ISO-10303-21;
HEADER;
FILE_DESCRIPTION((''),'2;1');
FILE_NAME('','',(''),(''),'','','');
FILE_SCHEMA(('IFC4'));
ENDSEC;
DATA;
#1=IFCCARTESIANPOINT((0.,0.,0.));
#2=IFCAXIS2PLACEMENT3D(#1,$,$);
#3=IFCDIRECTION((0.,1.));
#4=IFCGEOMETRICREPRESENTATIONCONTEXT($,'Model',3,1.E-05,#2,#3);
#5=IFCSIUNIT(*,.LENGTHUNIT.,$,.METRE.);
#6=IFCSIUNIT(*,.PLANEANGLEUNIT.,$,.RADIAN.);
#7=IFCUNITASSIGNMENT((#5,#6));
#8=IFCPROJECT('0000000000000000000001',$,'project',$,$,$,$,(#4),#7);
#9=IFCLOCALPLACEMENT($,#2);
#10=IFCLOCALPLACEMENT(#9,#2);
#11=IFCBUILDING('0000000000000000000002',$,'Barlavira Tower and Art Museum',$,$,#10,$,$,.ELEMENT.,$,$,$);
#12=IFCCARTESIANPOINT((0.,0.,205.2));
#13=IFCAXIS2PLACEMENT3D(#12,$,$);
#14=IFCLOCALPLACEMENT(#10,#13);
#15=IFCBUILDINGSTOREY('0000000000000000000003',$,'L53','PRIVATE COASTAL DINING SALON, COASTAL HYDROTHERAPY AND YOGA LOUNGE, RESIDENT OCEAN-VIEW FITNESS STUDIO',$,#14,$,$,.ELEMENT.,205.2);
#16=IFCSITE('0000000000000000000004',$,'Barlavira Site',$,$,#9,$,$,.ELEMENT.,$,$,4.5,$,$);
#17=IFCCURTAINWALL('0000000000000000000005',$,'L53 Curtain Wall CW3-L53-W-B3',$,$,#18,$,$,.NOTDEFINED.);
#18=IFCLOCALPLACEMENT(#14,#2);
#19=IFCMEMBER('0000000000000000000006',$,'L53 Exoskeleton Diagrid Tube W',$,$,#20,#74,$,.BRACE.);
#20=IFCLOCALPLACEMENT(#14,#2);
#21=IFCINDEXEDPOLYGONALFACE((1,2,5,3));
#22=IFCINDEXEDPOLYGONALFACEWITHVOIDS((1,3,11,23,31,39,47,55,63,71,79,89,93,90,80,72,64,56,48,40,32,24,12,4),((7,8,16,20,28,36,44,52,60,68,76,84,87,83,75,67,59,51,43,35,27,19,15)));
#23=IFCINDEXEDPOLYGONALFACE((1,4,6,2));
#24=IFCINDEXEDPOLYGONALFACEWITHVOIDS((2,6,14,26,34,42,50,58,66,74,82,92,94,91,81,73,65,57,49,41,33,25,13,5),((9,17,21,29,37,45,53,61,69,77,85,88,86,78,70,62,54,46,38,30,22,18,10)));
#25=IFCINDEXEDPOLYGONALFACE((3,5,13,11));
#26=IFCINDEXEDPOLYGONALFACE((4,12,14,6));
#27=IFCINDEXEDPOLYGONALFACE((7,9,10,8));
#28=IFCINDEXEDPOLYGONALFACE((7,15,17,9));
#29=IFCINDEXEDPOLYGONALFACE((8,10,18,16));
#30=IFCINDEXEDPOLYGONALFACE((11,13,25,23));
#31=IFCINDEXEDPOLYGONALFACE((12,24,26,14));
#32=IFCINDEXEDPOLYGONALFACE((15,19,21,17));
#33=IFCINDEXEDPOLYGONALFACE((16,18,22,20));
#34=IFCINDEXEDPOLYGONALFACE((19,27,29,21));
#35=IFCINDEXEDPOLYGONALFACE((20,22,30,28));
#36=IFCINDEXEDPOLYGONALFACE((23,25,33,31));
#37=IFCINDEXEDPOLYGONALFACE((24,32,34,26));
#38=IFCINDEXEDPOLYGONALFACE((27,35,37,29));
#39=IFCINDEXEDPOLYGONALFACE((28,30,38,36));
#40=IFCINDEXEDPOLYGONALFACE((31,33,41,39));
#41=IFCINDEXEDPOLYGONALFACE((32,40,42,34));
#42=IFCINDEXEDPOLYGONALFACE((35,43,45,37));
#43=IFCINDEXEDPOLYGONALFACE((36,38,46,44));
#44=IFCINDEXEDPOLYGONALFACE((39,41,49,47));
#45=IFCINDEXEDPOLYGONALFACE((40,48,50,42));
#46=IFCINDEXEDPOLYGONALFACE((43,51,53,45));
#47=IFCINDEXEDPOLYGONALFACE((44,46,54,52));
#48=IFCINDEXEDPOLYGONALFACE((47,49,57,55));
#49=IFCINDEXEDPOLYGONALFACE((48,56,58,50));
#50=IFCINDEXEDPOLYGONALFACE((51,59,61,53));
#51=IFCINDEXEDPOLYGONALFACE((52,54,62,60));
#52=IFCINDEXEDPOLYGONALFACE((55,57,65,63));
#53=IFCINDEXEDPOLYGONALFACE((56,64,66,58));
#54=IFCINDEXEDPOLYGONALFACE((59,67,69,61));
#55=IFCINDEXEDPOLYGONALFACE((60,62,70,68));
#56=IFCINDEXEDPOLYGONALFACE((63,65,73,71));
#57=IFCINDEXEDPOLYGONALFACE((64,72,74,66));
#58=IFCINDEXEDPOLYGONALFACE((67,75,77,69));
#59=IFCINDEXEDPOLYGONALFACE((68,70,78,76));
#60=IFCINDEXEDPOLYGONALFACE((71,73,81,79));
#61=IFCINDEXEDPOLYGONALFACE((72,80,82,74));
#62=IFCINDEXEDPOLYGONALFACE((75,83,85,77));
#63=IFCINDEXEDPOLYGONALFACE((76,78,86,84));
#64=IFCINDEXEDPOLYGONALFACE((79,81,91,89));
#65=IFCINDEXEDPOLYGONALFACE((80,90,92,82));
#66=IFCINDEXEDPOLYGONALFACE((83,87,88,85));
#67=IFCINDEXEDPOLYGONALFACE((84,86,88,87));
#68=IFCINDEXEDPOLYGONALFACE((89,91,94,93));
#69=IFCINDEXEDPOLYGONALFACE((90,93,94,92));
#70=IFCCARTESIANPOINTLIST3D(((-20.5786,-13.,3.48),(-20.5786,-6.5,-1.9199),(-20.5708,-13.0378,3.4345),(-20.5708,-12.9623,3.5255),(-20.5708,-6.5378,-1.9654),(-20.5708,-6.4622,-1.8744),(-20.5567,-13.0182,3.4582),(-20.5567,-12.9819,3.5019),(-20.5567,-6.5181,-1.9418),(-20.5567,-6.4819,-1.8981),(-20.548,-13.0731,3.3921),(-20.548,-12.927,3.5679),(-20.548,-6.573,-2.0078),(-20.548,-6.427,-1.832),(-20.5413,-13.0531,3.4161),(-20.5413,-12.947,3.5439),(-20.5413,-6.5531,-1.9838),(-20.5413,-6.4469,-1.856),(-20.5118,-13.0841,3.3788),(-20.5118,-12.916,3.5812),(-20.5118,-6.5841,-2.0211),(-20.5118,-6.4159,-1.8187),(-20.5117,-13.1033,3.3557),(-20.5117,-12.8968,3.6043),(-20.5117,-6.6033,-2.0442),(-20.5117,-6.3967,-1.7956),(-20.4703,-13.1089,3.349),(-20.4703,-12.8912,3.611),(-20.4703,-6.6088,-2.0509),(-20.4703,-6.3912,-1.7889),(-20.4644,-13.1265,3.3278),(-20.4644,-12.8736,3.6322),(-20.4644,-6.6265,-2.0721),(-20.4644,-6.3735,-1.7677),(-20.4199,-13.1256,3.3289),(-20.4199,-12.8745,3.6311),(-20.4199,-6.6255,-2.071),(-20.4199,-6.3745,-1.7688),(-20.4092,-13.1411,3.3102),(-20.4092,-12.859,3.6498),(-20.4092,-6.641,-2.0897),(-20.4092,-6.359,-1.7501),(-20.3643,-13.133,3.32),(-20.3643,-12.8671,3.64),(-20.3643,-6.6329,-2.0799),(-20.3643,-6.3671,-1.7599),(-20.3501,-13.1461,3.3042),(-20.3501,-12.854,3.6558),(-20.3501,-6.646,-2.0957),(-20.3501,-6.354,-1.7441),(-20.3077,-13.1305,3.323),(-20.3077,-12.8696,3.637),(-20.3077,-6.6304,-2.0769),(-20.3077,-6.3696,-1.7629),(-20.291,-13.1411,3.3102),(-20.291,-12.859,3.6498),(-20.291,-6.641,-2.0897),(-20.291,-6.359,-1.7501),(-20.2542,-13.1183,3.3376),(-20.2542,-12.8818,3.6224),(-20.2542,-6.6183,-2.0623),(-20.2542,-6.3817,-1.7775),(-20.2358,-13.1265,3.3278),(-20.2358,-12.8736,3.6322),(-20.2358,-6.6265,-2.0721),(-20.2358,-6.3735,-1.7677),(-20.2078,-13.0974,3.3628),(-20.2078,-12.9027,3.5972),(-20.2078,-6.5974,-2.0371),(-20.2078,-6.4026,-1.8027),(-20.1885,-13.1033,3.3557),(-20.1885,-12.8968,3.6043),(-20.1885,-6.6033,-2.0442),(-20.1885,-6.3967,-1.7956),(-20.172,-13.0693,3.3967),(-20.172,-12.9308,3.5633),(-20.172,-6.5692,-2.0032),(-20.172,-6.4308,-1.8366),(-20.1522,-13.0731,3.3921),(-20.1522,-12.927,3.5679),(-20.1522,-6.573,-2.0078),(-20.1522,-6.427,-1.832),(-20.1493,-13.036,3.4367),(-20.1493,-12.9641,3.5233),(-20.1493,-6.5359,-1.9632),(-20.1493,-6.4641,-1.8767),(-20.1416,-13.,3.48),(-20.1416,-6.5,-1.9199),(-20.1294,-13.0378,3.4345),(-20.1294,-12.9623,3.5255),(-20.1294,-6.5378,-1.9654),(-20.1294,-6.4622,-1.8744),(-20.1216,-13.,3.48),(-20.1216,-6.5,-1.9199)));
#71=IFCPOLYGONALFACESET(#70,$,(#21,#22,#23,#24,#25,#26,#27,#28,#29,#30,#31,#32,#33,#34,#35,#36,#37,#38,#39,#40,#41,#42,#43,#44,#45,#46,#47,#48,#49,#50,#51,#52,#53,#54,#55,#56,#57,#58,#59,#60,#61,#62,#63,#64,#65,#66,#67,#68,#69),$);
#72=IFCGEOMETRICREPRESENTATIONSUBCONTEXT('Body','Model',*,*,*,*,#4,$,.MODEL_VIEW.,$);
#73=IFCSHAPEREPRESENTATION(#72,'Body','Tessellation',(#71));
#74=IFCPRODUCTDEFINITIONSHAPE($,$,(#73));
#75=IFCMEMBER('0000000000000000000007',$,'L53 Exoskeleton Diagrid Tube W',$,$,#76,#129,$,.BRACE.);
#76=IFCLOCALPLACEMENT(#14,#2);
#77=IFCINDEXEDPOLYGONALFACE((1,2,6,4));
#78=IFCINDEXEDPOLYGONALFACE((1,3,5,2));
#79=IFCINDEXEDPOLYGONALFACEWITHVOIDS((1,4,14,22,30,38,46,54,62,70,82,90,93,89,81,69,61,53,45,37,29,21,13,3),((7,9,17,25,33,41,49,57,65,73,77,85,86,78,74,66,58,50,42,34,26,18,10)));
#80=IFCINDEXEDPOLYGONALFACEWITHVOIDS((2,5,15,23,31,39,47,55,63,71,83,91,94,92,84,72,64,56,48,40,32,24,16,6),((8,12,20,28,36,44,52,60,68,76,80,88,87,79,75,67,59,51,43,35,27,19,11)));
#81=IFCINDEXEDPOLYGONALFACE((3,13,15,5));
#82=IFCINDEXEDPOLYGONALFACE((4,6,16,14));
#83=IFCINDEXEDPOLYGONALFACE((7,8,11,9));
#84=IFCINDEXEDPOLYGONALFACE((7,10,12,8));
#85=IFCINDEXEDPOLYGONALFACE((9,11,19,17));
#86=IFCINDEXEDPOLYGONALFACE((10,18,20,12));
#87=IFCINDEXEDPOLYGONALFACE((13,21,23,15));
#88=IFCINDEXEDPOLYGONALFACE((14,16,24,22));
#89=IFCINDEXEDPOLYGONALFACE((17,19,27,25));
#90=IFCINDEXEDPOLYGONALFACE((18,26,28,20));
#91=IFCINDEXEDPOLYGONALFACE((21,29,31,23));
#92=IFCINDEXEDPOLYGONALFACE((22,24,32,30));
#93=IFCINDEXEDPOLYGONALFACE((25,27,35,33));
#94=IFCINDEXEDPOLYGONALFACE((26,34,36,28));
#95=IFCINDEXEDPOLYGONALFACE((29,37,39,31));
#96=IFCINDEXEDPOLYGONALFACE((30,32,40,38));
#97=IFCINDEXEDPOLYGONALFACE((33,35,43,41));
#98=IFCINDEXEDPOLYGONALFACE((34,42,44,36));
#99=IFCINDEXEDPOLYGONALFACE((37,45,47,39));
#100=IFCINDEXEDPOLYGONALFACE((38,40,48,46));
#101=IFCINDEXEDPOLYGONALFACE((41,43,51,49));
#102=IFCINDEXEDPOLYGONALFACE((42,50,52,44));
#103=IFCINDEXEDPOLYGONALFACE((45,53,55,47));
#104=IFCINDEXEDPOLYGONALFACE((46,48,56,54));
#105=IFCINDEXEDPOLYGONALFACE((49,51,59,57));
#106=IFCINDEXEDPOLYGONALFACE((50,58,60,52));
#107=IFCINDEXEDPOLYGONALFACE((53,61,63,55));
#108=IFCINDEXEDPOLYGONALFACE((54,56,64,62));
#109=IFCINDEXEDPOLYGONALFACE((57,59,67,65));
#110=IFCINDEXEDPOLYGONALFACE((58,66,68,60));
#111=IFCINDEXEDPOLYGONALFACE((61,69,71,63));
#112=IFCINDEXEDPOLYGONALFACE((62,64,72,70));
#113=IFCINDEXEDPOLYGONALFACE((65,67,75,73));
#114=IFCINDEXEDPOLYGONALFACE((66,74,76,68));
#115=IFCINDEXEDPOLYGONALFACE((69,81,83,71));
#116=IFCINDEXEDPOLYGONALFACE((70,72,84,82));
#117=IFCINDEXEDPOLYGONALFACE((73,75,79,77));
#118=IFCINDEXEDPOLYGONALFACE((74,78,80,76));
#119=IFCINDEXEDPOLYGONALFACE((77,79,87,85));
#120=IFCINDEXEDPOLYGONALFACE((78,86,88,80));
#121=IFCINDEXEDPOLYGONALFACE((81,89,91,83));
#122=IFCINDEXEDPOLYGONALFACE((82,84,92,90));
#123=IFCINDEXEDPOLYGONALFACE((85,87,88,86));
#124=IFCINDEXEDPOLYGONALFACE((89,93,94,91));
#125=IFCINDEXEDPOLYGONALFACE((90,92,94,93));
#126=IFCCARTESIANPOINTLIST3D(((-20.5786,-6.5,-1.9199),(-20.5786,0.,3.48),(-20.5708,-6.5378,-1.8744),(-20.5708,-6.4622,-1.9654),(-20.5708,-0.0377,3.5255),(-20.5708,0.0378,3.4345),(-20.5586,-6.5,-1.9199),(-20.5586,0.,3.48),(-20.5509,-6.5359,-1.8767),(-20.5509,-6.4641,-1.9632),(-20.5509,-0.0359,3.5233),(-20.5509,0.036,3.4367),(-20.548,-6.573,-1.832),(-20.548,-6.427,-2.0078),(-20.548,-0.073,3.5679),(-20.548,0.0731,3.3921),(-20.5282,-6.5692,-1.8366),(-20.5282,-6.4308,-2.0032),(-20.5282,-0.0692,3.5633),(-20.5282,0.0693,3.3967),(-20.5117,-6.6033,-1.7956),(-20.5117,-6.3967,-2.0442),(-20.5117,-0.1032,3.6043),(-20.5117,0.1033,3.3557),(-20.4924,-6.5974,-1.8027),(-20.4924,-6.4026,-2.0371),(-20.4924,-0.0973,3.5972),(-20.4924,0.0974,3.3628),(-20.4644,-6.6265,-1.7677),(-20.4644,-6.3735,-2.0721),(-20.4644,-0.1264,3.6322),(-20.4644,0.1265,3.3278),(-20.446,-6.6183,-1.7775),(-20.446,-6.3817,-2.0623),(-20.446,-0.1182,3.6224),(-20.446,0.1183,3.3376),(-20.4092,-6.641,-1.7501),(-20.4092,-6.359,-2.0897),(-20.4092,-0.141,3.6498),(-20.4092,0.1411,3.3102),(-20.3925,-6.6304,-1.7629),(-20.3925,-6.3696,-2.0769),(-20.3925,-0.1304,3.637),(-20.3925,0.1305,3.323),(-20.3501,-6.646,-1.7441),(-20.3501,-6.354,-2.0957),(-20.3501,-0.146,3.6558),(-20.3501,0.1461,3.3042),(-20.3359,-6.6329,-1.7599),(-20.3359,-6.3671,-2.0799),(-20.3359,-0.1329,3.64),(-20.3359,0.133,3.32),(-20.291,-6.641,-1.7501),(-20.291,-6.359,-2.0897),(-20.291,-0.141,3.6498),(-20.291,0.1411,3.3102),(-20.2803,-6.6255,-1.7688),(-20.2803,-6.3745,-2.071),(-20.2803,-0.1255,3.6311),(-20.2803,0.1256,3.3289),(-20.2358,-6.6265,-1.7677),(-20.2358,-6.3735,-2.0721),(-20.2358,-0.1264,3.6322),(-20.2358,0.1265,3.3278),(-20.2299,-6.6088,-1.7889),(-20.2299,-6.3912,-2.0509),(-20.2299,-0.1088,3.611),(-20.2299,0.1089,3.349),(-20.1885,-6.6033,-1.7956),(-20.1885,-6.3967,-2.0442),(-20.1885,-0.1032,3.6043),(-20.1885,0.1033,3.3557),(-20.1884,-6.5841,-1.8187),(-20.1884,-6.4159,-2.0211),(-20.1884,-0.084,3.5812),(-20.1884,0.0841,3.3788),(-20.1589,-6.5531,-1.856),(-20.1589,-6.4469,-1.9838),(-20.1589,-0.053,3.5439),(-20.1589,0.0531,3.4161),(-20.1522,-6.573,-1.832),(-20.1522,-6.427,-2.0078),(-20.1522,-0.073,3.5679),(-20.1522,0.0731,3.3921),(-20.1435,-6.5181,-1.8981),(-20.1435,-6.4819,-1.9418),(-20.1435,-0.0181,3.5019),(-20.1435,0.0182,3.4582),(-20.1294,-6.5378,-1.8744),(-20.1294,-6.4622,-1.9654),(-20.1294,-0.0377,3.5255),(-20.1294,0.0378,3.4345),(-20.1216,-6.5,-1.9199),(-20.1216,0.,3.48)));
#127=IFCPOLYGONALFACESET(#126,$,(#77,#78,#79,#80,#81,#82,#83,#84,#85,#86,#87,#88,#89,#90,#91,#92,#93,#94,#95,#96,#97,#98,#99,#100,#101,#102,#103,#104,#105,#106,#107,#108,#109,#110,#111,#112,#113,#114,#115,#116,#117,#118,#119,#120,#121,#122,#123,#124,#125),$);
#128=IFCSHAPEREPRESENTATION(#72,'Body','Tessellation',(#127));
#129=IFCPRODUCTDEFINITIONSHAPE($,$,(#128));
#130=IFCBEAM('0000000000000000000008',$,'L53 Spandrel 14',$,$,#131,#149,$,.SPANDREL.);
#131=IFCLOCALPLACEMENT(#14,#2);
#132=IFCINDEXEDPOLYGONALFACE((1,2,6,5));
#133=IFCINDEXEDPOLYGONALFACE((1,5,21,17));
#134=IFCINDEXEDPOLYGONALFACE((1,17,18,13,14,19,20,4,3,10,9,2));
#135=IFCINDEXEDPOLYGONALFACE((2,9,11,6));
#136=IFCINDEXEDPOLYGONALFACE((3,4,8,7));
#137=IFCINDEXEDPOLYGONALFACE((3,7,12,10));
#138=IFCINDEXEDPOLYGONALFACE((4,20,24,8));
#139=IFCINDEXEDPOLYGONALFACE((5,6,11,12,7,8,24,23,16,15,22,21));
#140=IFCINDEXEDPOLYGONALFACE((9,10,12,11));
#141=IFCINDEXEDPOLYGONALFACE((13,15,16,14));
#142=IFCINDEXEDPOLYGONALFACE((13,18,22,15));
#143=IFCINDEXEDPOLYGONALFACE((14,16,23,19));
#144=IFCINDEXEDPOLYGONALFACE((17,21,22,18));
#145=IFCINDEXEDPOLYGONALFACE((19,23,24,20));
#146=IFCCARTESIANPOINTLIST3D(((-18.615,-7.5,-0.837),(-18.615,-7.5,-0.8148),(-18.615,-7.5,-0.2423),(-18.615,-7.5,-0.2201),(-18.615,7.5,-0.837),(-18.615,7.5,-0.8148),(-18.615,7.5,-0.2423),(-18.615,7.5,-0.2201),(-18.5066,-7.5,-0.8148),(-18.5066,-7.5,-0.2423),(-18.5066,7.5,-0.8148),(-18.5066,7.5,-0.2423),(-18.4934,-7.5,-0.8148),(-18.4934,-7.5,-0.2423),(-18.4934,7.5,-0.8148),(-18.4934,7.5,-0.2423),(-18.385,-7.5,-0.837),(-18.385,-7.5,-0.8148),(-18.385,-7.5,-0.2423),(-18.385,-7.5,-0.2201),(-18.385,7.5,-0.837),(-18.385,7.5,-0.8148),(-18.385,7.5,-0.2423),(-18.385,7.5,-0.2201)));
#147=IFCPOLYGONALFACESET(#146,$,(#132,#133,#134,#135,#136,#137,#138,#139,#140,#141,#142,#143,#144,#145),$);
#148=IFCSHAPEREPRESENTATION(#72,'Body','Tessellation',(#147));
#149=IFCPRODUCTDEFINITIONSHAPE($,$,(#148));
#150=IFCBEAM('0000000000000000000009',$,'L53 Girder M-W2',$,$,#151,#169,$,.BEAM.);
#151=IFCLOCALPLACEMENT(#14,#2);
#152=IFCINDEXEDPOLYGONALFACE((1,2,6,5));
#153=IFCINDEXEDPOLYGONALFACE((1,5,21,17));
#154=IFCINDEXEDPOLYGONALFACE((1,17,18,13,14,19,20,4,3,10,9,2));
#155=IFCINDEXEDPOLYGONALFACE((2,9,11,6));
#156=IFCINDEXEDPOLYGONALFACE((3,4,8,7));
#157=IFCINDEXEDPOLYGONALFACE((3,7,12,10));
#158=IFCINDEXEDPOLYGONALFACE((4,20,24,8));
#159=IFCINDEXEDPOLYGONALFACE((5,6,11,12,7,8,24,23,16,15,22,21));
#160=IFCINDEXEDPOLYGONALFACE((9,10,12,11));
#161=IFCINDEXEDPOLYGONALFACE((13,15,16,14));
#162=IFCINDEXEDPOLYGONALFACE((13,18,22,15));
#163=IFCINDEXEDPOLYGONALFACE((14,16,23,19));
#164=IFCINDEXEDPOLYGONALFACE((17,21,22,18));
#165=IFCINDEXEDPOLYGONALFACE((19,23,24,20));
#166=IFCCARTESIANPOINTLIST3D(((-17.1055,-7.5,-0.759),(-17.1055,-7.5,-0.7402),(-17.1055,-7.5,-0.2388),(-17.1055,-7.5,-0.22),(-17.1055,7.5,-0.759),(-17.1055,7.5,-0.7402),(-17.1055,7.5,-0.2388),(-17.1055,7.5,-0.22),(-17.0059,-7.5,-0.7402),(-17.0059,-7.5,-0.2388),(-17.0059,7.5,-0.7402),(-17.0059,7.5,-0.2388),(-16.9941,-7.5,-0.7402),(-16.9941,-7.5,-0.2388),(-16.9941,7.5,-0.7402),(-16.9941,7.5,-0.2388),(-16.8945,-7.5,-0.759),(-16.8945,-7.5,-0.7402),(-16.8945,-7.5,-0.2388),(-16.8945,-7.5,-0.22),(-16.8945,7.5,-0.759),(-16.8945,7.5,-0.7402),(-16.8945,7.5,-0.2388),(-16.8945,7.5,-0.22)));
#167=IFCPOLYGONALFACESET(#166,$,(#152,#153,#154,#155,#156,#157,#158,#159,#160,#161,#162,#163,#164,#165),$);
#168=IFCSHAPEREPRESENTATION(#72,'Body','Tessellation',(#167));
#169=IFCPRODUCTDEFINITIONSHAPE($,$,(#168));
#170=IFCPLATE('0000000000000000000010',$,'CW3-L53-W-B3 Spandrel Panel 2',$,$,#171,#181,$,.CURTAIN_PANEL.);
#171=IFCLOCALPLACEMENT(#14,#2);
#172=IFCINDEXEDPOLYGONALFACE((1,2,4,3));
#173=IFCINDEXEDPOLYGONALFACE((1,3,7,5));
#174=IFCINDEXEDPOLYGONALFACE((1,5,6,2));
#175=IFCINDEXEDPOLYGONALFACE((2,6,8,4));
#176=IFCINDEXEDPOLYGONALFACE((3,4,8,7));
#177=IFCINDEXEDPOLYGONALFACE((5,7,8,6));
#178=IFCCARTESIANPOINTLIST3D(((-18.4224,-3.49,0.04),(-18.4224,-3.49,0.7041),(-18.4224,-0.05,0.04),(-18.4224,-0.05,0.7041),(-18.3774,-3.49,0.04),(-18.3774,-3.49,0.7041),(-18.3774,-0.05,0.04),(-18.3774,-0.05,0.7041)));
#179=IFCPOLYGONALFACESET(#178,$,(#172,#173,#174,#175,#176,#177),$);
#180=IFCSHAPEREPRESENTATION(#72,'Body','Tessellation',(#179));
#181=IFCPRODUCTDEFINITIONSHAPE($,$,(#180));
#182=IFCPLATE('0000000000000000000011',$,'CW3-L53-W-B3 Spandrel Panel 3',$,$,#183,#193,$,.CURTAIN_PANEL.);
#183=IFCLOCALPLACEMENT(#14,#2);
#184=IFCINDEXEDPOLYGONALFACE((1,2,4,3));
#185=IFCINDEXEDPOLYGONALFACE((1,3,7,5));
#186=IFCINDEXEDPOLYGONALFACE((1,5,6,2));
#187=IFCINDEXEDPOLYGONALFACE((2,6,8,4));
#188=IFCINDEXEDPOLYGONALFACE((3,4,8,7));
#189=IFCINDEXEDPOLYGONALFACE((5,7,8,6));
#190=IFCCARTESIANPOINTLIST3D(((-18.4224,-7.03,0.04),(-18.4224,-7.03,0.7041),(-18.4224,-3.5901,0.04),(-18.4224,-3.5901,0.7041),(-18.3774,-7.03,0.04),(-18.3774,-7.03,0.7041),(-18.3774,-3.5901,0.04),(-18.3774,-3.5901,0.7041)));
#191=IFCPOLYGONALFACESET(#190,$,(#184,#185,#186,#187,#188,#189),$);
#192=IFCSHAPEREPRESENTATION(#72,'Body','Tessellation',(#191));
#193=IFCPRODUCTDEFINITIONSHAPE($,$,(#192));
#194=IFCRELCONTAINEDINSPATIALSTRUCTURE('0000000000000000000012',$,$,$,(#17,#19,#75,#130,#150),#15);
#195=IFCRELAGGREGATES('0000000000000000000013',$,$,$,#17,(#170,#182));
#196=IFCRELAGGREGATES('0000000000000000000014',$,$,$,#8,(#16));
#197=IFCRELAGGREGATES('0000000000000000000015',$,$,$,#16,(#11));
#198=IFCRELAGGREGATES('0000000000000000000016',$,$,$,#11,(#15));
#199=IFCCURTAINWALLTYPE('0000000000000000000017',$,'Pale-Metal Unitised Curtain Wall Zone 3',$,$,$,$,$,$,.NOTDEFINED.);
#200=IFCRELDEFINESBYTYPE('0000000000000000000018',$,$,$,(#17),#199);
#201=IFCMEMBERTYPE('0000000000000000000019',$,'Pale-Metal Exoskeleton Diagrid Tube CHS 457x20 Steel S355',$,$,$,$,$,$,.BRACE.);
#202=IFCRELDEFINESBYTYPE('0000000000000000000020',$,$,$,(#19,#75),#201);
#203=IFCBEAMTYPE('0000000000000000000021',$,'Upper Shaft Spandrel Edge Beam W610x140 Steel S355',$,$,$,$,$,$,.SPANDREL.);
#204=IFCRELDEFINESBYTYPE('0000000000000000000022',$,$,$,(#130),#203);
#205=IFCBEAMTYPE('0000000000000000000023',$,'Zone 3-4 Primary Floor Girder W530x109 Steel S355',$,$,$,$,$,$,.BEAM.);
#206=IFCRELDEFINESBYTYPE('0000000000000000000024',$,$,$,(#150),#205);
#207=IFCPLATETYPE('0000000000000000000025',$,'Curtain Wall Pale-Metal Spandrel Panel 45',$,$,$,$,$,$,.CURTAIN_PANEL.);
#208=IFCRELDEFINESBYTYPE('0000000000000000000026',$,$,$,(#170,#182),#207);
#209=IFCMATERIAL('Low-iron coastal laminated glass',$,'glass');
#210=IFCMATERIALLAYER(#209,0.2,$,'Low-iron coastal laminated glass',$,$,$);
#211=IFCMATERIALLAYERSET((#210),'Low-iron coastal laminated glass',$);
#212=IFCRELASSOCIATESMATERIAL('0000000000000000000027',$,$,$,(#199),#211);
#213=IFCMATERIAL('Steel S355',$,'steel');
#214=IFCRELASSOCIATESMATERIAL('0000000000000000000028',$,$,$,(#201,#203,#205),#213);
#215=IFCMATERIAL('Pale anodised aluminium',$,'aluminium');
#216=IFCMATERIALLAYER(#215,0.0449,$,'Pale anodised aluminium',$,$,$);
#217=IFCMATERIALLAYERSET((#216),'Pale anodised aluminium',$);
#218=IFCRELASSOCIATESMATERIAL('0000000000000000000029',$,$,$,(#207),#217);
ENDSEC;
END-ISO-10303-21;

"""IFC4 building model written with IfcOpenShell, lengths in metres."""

from ifc_helpers import new_model, si_unit, direction, frame, origin, origin_2d, place, context, subcontext, project, spatial, rectangle, hollow_circle, i_section, extrude, material, layer, layer_set, material_profile, profile_set, type_object, element, aggregate, save


model = new_model("IFC4")

# Units and contexts
model_context = context("Model", 3, precision=1e-05, world=origin(), true_north=direction((0.0, 1.0)))
body_context = subcontext(model_context, "Body", "Model", "MODEL_VIEW")
ifc_project = project(units=[si_unit("LENGTHUNIT", "METRE"), si_unit("PLANEANGLEUNIT", "RADIAN")], contexts=[model_context])

# Site, building, storey
site_placement = place(None, origin())
site = spatial("IfcSite", under=ifc_project, at=site_placement, Name="Barlavira Site", CompositionType="ELEMENT", RefElevation=4.5)
building_placement = place(site_placement, origin())
building = spatial("IfcBuilding", under=site, at=building_placement, Name="Barlavira Tower and Art Museum", CompositionType="ELEMENT")
storey_placement = place(building_placement, frame((0.0, 0.0, 205.2)))
storey = spatial("IfcBuildingStorey", under=building, at=storey_placement, Name="L53", Description="PRIVATE COASTAL DINING SALON, COASTAL HYDROTHERAPY AND YOGA LOUNGE, RESIDENT OCEAN-VIEW FITNESS STUDIO", CompositionType="ELEMENT", Elevation=205.2)

# Curtain wall
ifc_material_1 = material(Name="Low-iron coastal laminated glass", Category="glass")
ifc_layer_1 = layer(ifc_material_1, 0.2, Name="Low-iron coastal laminated glass")
ifc_layer_set_1 = layer_set([ifc_layer_1], Name="Low-iron coastal laminated glass")
curtain_wall_type = type_object("IfcCurtainWallType", Name="Pale-Metal Unitised Curtain Wall Zone 3", PredefinedType="NOTDEFINED", material=ifc_layer_set_1)
curtain_wall_placement = place(storey_placement, origin())
curtain_wall = element("IfcCurtainWall", 1, at=curtain_wall_placement, inside=storey, type_object=curtain_wall_type, Name="L53 Curtain Wall CW3-L53-W-B3", PredefinedType="NOTDEFINED")
ifc_material_2 = material(Name="Pale anodised aluminium", Category="aluminium")

# Members
ifc_material_3 = material(Name="Steel S355", Category="steel")
ifc_material_profile_1 = material_profile(ifc_material_3, hollow_circle(Radius=0.2285, WallThickness=0.02, at=origin_2d()), Name="CHS 457.0x20.0")
ifc_profile_set_1 = profile_set([ifc_material_profile_1], Name="Steel S355")
member_type_1 = type_object("IfcMemberType", Name="Pale-Metal Exoskeleton Diagrid Tube CHS 457x20 Steel S355", PredefinedType="BRACE", material=ifc_profile_set_1)
for number, where, z_axis, x_axis, name in (
    (2, (-20.3501, -6.5, -1.9199), (0.0, -0.769196, 0.639013), (1.0, 0.0, 0.0), "L53 Exoskeleton Diagrid Tube W"),
    (3, (-20.3501, -6.5, -1.9199), (0.0, 0.769196, 0.639013), (-1.0, 0.0, 0.0), "L53 Exoskeleton Diagrid Tube W"),
):
    element("IfcMember", number, at=place(storey_placement, frame(where, z_axis=z_axis, x_axis=x_axis)), inside=storey, type_object=member_type_1, Name=name, PredefinedType="BRACE", context=body_context, shape_type="SweptSolid", body=[
        extrude(hollow_circle(Radius=0.2285, WallThickness=0.02, at=origin_2d()), origin(), (0.0, 0.0, 1.0), 8.4504),
    ])

# Beams
ifc_material_profile_2 = material_profile(ifc_material_3, i_section(OverallWidth=0.23, OverallDepth=0.6169, WebThickness=0.0132, FlangeThickness=0.0222, at=origin_2d()), Name="W610x140.0")
ifc_profile_set_2 = profile_set([ifc_material_profile_2], Name="Steel S355")
beam_type_1 = type_object("IfcBeamType", Name="Upper Shaft Spandrel Edge Beam W610x140 Steel S355", PredefinedType="SPANDREL", material=ifc_profile_set_2)
beam_1_placement = place(storey_placement, frame((-18.5, -7.5, -0.5286), z_axis=(0.0, 1.0, 0.0), x_axis=(-1.0, 0.0, 0.0)))
element("IfcBeam", 4, at=beam_1_placement, inside=storey, type_object=beam_type_1, Name="L53 Spandrel 14", PredefinedType="SPANDREL", context=body_context, shape_type="SweptSolid", body=[
    extrude(i_section(OverallWidth=0.23, OverallDepth=0.6169, WebThickness=0.0132, FlangeThickness=0.0222, at=origin_2d()), origin(), (0.0, 0.0, 1.0), 15.0),
])
ifc_material_profile_3 = material_profile(ifc_material_3, i_section(OverallWidth=0.2109, OverallDepth=0.5391, WebThickness=0.0117, FlangeThickness=0.0188, at=origin_2d()), Name="W530x109.0")
ifc_profile_set_3 = profile_set([ifc_material_profile_3], Name="Steel S355")
beam_type_2 = type_object("IfcBeamType", Name="Zone 3-4 Primary Floor Girder W530x109 Steel S355", PredefinedType="BEAM", material=ifc_profile_set_3)
beam_2_placement = place(storey_placement, frame((-17.0, -7.5, -0.4895), z_axis=(0.0, 1.0, 0.0), x_axis=(-1.0, 0.0, 0.0)))
element("IfcBeam", 5, at=beam_2_placement, inside=storey, type_object=beam_type_2, Name="L53 Girder M-W2", PredefinedType="BEAM", context=body_context, shape_type="SweptSolid", body=[
    extrude(i_section(OverallWidth=0.2109, OverallDepth=0.5391, WebThickness=0.0117, FlangeThickness=0.0188, at=origin_2d()), origin(), (0.0, 0.0, 1.0), 15.0),
])

# Plates
ifc_layer_2 = layer(ifc_material_2, 0.0449, Name="Pale anodised aluminium")
ifc_layer_set_2 = layer_set([ifc_layer_2], Name="Pale anodised aluminium")
plate_type_1 = type_object("IfcPlateType", Name="Curtain Wall Pale-Metal Spandrel Panel 45", PredefinedType="CURTAIN_PANEL", material=ifc_layer_set_2)
plate_1_placement = place(storey_placement, frame((-18.3999, -1.77, 0.04), z_axis=(0.0, 0.0, 1.0), x_axis=(0.0, -1.0, 0.0)))
plate_1 = element("IfcPlate", 6, at=plate_1_placement, type_object=plate_type_1, Name="CW3-L53-W-B3 Spandrel Panel 2", PredefinedType="CURTAIN_PANEL", context=body_context, shape_type="SweptSolid", body=[
    extrude(rectangle(XDim=3.4399, YDim=0.0449, at=origin_2d()), origin(), (0.0, 0.0, 1.0), 0.6641),
])
plate_2_placement = place(storey_placement, frame((-18.3999, -5.3101, 0.04), z_axis=(0.0, 0.0, 1.0), x_axis=(0.0, -1.0, 0.0)))
plate_2 = element("IfcPlate", 7, at=plate_2_placement, type_object=plate_type_1, Name="CW3-L53-W-B3 Spandrel Panel 3", PredefinedType="CURTAIN_PANEL", context=body_context, shape_type="SweptSolid", body=[
    extrude(rectangle(XDim=3.4399, YDim=0.0449, at=origin_2d()), origin(), (0.0, 0.0, 1.0), 0.6641),
])
aggregate(curtain_wall, [plate_1, plate_2])

save(model, "model.ifc")
